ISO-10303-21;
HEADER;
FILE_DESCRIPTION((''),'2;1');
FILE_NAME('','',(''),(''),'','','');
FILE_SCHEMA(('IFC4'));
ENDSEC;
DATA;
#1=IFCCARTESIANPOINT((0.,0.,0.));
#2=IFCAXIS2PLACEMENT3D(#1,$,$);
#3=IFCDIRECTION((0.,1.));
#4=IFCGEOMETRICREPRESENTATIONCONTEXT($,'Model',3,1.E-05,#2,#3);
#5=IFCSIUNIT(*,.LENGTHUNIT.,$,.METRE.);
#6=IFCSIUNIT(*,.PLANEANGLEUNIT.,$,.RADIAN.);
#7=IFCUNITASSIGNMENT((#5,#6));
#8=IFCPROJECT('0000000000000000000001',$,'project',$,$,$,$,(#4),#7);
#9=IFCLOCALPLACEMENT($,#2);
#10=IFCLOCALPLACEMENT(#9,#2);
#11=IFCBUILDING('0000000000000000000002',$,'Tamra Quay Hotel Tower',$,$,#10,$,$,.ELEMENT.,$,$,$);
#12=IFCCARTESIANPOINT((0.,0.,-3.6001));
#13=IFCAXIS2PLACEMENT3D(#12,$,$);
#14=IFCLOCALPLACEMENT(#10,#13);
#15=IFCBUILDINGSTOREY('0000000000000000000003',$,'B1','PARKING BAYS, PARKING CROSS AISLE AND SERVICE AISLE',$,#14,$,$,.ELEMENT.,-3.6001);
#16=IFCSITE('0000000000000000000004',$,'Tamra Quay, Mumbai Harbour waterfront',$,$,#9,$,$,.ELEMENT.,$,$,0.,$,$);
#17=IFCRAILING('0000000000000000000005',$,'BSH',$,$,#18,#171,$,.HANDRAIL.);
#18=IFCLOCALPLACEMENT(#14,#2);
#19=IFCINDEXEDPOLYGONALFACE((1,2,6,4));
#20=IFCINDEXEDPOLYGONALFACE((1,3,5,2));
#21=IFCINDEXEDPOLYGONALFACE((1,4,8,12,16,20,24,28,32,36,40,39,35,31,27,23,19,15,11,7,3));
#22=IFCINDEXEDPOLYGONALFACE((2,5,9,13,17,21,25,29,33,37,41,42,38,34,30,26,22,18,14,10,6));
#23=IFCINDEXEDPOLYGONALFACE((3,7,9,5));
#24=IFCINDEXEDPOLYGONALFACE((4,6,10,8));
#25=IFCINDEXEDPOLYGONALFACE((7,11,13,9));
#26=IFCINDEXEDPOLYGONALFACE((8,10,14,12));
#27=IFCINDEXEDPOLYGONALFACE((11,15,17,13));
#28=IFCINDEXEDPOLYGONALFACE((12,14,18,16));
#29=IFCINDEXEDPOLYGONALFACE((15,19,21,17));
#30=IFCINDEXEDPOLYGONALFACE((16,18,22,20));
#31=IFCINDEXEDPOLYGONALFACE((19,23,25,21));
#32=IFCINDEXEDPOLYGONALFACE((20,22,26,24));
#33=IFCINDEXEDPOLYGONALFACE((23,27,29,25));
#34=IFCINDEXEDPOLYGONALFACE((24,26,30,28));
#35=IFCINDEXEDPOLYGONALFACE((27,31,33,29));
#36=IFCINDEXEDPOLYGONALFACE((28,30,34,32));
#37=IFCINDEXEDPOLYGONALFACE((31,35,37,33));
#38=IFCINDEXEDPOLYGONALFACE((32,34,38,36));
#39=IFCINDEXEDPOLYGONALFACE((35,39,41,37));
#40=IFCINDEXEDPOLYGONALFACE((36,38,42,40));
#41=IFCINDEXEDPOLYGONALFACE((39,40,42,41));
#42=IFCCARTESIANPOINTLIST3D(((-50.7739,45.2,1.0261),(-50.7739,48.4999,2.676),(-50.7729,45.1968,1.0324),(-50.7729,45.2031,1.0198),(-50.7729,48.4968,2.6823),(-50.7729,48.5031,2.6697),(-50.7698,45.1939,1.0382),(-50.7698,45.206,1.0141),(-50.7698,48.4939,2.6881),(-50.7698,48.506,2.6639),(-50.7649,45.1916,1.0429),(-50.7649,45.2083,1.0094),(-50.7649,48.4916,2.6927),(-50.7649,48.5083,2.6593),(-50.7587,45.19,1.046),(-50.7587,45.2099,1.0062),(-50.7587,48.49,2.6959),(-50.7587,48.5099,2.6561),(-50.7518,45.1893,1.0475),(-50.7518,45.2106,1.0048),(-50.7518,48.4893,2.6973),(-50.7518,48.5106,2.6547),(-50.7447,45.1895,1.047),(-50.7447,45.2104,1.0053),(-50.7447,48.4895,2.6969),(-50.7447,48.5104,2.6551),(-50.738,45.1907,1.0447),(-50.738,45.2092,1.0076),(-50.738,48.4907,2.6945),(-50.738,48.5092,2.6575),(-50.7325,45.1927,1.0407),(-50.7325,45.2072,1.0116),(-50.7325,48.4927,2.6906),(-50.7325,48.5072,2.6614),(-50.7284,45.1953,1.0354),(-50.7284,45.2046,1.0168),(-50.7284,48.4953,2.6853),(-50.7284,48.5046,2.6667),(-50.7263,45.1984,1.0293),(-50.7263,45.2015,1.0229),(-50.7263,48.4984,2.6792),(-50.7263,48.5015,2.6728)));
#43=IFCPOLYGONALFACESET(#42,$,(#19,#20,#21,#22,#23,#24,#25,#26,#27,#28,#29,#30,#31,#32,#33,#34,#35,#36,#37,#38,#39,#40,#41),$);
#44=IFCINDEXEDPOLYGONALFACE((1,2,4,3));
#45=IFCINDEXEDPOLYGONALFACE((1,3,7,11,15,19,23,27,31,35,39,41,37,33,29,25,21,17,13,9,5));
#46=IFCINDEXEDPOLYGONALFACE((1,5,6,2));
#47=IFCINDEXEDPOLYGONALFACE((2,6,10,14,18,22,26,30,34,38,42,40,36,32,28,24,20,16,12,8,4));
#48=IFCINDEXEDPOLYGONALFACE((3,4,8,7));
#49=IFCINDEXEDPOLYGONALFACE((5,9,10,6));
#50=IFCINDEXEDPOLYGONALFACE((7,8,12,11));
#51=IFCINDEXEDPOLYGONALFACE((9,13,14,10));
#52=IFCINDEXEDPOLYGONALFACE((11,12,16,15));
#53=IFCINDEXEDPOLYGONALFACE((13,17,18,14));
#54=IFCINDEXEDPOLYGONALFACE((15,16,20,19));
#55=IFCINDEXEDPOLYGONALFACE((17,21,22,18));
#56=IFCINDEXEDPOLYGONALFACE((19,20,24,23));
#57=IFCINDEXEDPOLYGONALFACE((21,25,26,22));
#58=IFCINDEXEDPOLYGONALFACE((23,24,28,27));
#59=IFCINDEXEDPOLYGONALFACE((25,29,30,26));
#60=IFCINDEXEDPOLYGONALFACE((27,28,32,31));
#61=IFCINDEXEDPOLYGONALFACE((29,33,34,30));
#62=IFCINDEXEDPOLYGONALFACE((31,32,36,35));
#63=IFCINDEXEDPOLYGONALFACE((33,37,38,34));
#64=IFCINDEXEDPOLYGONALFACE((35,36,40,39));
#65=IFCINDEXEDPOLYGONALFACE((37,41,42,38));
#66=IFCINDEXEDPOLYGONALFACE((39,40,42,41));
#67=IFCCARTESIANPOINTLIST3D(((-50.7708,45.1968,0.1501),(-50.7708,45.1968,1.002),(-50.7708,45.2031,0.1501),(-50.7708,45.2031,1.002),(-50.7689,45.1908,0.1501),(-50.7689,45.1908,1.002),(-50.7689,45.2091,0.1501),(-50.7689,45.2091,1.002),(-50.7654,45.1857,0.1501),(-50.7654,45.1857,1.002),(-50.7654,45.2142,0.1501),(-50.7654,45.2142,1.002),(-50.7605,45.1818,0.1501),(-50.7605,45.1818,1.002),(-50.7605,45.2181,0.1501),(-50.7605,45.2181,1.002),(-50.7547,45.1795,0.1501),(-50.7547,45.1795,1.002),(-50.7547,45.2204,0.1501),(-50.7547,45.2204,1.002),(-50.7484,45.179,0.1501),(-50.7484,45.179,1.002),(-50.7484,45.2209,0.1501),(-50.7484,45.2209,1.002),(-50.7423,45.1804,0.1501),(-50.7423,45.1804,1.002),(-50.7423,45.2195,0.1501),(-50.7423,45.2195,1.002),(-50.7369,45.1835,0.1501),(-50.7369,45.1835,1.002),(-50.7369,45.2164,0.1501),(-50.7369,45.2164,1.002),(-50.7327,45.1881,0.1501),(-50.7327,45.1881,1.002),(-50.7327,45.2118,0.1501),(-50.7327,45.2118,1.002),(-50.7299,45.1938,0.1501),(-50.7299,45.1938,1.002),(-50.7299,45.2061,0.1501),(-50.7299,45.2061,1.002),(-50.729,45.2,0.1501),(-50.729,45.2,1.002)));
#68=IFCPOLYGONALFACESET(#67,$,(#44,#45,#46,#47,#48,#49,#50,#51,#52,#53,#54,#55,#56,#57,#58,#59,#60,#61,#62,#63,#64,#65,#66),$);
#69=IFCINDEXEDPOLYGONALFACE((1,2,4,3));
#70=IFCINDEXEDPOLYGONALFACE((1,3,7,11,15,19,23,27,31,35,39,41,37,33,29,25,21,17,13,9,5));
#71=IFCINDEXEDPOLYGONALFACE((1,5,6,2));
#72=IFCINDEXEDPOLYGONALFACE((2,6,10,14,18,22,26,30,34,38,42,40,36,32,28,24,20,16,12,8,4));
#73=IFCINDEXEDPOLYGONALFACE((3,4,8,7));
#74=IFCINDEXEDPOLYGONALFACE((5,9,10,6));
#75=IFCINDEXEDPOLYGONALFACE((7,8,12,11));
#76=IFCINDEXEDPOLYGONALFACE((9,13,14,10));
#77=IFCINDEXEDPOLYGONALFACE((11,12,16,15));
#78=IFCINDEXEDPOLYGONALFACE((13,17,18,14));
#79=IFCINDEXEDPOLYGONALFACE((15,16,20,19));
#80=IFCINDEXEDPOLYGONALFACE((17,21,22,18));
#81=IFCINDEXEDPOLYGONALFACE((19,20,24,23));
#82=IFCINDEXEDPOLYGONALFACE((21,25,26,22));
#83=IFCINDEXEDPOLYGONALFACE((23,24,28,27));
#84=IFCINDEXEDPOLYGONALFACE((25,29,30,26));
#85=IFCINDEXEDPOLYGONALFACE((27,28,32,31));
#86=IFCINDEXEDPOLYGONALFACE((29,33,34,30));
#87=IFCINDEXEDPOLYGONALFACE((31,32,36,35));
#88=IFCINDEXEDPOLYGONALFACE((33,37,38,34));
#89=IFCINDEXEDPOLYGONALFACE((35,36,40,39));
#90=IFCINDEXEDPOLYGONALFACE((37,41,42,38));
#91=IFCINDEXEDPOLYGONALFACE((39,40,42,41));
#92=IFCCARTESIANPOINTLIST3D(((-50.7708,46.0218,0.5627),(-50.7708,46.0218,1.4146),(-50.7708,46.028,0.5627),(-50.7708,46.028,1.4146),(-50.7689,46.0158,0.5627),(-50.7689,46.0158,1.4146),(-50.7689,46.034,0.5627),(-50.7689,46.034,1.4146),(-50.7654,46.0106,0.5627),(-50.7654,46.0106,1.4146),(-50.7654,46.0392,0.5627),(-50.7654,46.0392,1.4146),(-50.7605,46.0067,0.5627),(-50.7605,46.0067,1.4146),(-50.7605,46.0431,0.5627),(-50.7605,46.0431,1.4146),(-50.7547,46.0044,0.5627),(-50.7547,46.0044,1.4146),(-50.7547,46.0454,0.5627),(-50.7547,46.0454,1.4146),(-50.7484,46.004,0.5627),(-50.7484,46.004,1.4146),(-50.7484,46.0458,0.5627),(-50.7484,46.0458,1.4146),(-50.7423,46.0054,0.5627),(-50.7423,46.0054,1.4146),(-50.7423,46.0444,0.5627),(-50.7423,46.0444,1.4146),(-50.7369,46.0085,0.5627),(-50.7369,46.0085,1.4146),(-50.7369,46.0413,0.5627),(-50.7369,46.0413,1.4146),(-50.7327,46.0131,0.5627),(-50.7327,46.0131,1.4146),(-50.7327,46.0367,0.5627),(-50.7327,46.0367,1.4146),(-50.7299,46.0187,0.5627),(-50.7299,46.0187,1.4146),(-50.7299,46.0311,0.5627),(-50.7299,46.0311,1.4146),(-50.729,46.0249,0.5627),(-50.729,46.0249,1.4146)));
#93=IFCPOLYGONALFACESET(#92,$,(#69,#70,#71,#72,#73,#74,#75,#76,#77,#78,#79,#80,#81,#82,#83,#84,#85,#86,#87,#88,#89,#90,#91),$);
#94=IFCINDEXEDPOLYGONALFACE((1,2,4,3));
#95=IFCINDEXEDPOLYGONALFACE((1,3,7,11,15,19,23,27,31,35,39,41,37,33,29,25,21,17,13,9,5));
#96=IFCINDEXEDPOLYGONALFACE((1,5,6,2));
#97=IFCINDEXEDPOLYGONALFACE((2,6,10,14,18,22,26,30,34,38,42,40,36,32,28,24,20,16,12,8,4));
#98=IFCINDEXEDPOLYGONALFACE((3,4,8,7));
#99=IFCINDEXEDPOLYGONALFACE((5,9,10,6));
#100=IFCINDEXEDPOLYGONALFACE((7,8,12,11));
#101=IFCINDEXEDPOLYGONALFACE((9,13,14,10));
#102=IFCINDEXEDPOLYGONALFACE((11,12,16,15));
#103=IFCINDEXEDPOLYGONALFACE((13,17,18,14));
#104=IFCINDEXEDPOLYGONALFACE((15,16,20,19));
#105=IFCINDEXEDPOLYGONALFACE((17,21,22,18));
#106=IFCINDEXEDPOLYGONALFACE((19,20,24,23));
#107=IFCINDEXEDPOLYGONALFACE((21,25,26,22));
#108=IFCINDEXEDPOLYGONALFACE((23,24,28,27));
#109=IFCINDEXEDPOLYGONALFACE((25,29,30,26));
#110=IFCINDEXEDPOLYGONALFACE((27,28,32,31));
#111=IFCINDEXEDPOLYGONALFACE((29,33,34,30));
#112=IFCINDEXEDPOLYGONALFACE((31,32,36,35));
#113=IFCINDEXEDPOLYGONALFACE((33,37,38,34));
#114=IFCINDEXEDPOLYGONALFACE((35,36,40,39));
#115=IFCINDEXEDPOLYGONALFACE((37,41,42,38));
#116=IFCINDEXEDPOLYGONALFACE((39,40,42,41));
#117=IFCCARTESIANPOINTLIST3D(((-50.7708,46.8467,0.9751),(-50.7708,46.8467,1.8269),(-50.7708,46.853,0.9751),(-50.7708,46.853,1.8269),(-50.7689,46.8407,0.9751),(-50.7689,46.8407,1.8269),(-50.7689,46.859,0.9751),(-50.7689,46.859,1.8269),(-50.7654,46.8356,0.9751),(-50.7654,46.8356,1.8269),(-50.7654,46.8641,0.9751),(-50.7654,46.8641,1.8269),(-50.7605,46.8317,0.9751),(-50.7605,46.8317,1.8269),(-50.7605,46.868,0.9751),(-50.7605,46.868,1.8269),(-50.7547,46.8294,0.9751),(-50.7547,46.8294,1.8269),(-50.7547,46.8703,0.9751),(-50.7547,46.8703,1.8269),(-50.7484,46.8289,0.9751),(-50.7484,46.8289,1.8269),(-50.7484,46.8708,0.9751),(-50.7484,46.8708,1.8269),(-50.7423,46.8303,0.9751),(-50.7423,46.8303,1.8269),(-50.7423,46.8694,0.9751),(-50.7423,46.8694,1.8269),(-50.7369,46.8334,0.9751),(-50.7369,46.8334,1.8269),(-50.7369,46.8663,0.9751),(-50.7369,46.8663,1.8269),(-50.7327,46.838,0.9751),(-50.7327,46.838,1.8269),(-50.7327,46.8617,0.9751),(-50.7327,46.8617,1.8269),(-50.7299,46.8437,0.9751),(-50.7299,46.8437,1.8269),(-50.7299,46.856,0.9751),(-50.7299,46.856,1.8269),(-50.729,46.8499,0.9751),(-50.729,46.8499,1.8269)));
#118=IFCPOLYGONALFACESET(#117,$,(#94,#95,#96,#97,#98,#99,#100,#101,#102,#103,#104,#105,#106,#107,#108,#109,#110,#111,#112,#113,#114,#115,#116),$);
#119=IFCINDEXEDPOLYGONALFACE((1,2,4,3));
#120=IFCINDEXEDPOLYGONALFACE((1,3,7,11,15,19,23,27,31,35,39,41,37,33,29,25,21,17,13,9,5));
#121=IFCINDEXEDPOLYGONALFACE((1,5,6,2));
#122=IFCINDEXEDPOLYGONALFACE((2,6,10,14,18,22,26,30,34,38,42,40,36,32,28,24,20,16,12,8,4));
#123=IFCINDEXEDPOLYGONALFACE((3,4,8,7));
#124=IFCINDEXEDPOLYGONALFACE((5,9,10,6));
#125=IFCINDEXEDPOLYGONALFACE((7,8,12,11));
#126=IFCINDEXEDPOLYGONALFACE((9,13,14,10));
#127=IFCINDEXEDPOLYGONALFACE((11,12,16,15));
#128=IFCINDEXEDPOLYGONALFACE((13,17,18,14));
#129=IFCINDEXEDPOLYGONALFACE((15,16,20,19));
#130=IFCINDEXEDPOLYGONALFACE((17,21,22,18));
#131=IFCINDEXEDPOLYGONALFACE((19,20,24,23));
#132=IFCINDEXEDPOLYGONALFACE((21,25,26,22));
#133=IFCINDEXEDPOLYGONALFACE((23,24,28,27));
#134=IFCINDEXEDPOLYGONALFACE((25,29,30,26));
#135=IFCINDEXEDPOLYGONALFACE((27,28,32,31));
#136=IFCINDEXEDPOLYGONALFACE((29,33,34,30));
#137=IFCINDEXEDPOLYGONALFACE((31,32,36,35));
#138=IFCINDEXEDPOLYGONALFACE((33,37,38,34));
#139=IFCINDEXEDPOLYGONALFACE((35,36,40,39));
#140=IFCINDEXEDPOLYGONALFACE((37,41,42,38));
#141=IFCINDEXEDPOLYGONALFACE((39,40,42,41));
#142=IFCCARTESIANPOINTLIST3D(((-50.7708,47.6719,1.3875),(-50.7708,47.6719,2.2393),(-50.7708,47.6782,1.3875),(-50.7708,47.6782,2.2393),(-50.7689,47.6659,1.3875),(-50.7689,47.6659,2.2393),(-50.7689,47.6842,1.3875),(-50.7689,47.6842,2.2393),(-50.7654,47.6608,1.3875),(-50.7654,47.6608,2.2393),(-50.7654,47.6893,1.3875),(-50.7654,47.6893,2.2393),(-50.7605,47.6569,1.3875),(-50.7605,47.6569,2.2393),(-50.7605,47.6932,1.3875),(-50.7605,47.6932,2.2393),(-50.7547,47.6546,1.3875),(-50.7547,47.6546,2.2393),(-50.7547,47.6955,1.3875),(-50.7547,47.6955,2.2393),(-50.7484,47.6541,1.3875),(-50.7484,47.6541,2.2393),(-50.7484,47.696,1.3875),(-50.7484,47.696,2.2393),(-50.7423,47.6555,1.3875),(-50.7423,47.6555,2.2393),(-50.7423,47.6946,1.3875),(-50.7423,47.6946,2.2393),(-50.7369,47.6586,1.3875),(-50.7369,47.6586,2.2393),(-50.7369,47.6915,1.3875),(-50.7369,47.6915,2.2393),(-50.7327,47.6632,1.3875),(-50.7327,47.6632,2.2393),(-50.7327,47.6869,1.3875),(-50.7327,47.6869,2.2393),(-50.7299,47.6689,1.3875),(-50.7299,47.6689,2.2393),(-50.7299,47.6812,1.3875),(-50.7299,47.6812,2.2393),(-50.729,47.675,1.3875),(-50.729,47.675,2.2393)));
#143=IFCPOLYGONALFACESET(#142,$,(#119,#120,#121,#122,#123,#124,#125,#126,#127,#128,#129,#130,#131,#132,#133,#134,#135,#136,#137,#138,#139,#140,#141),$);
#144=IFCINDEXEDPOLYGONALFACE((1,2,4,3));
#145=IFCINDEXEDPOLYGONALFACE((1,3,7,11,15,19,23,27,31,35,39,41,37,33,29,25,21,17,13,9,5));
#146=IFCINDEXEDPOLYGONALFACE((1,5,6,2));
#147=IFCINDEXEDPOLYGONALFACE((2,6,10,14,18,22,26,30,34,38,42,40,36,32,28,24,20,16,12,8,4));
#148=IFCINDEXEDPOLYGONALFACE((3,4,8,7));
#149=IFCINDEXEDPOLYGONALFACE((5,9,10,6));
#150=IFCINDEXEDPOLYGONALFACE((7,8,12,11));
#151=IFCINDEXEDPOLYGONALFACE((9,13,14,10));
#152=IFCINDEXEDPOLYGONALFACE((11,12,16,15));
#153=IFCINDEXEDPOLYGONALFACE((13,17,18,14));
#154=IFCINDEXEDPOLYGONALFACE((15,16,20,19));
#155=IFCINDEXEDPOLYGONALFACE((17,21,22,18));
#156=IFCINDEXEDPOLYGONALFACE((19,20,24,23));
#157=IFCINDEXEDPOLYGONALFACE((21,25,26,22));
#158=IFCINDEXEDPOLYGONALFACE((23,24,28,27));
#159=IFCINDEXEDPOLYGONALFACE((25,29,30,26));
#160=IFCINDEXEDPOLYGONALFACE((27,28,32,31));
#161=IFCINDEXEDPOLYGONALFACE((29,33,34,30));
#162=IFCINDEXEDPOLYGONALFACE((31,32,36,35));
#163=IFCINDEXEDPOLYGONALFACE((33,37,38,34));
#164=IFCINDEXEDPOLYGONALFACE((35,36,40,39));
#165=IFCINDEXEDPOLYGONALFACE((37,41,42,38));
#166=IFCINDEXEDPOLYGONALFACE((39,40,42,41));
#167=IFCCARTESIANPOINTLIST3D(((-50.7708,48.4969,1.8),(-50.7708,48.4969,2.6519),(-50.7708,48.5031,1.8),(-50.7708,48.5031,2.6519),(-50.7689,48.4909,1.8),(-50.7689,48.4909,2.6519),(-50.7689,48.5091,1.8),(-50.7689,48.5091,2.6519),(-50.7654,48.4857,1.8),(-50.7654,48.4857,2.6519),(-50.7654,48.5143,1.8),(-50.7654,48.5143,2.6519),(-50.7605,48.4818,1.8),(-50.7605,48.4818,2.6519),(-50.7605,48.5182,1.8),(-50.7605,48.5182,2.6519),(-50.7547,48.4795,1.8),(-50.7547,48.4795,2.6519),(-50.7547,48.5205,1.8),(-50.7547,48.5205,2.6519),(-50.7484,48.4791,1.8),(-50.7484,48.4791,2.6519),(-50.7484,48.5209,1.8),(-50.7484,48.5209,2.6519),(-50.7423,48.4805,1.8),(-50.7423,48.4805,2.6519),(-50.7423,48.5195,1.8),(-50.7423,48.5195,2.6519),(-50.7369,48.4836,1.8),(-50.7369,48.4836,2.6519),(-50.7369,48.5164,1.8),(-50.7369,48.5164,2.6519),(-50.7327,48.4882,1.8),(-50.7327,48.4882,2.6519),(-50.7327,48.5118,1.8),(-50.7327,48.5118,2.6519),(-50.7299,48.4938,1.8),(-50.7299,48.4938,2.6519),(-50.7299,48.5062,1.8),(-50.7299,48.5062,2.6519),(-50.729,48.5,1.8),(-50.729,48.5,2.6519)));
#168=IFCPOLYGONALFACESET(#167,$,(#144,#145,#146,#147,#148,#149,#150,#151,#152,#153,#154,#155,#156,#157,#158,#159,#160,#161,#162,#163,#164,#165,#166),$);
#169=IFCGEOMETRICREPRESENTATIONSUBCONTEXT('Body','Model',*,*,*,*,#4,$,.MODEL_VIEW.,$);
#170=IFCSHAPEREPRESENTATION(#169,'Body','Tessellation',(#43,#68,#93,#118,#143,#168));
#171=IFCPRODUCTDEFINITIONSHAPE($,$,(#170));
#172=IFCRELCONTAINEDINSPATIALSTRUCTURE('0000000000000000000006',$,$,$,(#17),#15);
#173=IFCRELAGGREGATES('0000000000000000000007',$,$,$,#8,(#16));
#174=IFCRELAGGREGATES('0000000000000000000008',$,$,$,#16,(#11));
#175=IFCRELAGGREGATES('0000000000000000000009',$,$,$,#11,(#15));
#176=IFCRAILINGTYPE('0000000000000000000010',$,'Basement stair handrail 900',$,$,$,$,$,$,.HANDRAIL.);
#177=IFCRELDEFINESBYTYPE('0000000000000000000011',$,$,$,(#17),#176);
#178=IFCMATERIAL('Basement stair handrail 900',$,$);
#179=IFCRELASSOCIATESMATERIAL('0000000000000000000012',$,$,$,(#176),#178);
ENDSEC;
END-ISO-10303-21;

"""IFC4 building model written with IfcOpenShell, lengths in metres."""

from ifc_helpers import new_model, si_unit, direction, frame, origin, origin_2d, place, context, subcontext, project, spatial, circle, extrude, material, type_object, element, save


model = new_model("IFC4")

# Units and contexts
model_context = context("Model", 3, precision=1e-05, world=origin(), true_north=direction((0.0, 1.0)))
body_context = subcontext(model_context, "Body", "Model", "MODEL_VIEW")
ifc_project = project(units=[si_unit("LENGTHUNIT", "METRE"), si_unit("PLANEANGLEUNIT", "RADIAN")], contexts=[model_context])

# Site, building, storey
site_placement = place(None, origin())
site = spatial("IfcSite", under=ifc_project, at=site_placement, Name="Tamra Quay, Mumbai Harbour waterfront", CompositionType="ELEMENT", RefElevation=0.0)
building_placement = place(site_placement, origin())
building = spatial("IfcBuilding", under=site, at=building_placement, Name="Tamra Quay Hotel Tower", CompositionType="ELEMENT")
storey_placement = place(building_placement, frame((0.0, 0.0, -3.6001)))
storey = spatial("IfcBuildingStorey", under=building, at=storey_placement, Name="B1", Description="PARKING BAYS, PARKING CROSS AISLE AND SERVICE AISLE", CompositionType="ELEMENT", Elevation=-3.6001)

# Railing
ifc_material_1 = material(Name="Basement stair handrail 900")
railing_type_1 = type_object("IfcRailingType", Name="Basement stair handrail 900", PredefinedType="HANDRAIL", material=ifc_material_1)
for number, where, name in (
    (1, (-50.75, 45.2, 0.1501), "BSH"),
):
    element("IfcRailing", number, at=place(storey_placement, frame(where)), inside=storey, type_object=railing_type_1, Name=name, PredefinedType="HANDRAIL", context=body_context, shape_type="SweptSolid", body=[
        extrude(circle(Radius=0.0239, at=origin_2d()), frame((0.0, 0.0, 0.876), z_axis=(0.0, 0.89444, 0.447187), x_axis=(-1.0, 0.0, 0.0)), (0.0, 0.0, 1.0), 3.6895),
        extrude(circle(Radius=0.021, at=origin_2d()), origin(), (0.0, 0.0, 1.0), 0.8518),
        extrude(circle(Radius=0.021, at=origin_2d()), frame((0.0, 0.825, 0.4126)), (0.0, 0.0, 1.0), 0.8518),
        extrude(circle(Radius=0.021, at=origin_2d()), frame((0.0, 1.6499, 0.825)), (0.0, 0.0, 1.0), 0.8518),
        extrude(circle(Radius=0.021, at=origin_2d()), frame((0.0, 2.4751, 1.2373)), (0.0, 0.0, 1.0), 0.8518),
        extrude(circle(Radius=0.021, at=origin_2d()), frame((0.0, 3.3, 1.6499)), (0.0, 0.0, 1.0), 0.8518),
    ])

save(model, "model.ifc")
